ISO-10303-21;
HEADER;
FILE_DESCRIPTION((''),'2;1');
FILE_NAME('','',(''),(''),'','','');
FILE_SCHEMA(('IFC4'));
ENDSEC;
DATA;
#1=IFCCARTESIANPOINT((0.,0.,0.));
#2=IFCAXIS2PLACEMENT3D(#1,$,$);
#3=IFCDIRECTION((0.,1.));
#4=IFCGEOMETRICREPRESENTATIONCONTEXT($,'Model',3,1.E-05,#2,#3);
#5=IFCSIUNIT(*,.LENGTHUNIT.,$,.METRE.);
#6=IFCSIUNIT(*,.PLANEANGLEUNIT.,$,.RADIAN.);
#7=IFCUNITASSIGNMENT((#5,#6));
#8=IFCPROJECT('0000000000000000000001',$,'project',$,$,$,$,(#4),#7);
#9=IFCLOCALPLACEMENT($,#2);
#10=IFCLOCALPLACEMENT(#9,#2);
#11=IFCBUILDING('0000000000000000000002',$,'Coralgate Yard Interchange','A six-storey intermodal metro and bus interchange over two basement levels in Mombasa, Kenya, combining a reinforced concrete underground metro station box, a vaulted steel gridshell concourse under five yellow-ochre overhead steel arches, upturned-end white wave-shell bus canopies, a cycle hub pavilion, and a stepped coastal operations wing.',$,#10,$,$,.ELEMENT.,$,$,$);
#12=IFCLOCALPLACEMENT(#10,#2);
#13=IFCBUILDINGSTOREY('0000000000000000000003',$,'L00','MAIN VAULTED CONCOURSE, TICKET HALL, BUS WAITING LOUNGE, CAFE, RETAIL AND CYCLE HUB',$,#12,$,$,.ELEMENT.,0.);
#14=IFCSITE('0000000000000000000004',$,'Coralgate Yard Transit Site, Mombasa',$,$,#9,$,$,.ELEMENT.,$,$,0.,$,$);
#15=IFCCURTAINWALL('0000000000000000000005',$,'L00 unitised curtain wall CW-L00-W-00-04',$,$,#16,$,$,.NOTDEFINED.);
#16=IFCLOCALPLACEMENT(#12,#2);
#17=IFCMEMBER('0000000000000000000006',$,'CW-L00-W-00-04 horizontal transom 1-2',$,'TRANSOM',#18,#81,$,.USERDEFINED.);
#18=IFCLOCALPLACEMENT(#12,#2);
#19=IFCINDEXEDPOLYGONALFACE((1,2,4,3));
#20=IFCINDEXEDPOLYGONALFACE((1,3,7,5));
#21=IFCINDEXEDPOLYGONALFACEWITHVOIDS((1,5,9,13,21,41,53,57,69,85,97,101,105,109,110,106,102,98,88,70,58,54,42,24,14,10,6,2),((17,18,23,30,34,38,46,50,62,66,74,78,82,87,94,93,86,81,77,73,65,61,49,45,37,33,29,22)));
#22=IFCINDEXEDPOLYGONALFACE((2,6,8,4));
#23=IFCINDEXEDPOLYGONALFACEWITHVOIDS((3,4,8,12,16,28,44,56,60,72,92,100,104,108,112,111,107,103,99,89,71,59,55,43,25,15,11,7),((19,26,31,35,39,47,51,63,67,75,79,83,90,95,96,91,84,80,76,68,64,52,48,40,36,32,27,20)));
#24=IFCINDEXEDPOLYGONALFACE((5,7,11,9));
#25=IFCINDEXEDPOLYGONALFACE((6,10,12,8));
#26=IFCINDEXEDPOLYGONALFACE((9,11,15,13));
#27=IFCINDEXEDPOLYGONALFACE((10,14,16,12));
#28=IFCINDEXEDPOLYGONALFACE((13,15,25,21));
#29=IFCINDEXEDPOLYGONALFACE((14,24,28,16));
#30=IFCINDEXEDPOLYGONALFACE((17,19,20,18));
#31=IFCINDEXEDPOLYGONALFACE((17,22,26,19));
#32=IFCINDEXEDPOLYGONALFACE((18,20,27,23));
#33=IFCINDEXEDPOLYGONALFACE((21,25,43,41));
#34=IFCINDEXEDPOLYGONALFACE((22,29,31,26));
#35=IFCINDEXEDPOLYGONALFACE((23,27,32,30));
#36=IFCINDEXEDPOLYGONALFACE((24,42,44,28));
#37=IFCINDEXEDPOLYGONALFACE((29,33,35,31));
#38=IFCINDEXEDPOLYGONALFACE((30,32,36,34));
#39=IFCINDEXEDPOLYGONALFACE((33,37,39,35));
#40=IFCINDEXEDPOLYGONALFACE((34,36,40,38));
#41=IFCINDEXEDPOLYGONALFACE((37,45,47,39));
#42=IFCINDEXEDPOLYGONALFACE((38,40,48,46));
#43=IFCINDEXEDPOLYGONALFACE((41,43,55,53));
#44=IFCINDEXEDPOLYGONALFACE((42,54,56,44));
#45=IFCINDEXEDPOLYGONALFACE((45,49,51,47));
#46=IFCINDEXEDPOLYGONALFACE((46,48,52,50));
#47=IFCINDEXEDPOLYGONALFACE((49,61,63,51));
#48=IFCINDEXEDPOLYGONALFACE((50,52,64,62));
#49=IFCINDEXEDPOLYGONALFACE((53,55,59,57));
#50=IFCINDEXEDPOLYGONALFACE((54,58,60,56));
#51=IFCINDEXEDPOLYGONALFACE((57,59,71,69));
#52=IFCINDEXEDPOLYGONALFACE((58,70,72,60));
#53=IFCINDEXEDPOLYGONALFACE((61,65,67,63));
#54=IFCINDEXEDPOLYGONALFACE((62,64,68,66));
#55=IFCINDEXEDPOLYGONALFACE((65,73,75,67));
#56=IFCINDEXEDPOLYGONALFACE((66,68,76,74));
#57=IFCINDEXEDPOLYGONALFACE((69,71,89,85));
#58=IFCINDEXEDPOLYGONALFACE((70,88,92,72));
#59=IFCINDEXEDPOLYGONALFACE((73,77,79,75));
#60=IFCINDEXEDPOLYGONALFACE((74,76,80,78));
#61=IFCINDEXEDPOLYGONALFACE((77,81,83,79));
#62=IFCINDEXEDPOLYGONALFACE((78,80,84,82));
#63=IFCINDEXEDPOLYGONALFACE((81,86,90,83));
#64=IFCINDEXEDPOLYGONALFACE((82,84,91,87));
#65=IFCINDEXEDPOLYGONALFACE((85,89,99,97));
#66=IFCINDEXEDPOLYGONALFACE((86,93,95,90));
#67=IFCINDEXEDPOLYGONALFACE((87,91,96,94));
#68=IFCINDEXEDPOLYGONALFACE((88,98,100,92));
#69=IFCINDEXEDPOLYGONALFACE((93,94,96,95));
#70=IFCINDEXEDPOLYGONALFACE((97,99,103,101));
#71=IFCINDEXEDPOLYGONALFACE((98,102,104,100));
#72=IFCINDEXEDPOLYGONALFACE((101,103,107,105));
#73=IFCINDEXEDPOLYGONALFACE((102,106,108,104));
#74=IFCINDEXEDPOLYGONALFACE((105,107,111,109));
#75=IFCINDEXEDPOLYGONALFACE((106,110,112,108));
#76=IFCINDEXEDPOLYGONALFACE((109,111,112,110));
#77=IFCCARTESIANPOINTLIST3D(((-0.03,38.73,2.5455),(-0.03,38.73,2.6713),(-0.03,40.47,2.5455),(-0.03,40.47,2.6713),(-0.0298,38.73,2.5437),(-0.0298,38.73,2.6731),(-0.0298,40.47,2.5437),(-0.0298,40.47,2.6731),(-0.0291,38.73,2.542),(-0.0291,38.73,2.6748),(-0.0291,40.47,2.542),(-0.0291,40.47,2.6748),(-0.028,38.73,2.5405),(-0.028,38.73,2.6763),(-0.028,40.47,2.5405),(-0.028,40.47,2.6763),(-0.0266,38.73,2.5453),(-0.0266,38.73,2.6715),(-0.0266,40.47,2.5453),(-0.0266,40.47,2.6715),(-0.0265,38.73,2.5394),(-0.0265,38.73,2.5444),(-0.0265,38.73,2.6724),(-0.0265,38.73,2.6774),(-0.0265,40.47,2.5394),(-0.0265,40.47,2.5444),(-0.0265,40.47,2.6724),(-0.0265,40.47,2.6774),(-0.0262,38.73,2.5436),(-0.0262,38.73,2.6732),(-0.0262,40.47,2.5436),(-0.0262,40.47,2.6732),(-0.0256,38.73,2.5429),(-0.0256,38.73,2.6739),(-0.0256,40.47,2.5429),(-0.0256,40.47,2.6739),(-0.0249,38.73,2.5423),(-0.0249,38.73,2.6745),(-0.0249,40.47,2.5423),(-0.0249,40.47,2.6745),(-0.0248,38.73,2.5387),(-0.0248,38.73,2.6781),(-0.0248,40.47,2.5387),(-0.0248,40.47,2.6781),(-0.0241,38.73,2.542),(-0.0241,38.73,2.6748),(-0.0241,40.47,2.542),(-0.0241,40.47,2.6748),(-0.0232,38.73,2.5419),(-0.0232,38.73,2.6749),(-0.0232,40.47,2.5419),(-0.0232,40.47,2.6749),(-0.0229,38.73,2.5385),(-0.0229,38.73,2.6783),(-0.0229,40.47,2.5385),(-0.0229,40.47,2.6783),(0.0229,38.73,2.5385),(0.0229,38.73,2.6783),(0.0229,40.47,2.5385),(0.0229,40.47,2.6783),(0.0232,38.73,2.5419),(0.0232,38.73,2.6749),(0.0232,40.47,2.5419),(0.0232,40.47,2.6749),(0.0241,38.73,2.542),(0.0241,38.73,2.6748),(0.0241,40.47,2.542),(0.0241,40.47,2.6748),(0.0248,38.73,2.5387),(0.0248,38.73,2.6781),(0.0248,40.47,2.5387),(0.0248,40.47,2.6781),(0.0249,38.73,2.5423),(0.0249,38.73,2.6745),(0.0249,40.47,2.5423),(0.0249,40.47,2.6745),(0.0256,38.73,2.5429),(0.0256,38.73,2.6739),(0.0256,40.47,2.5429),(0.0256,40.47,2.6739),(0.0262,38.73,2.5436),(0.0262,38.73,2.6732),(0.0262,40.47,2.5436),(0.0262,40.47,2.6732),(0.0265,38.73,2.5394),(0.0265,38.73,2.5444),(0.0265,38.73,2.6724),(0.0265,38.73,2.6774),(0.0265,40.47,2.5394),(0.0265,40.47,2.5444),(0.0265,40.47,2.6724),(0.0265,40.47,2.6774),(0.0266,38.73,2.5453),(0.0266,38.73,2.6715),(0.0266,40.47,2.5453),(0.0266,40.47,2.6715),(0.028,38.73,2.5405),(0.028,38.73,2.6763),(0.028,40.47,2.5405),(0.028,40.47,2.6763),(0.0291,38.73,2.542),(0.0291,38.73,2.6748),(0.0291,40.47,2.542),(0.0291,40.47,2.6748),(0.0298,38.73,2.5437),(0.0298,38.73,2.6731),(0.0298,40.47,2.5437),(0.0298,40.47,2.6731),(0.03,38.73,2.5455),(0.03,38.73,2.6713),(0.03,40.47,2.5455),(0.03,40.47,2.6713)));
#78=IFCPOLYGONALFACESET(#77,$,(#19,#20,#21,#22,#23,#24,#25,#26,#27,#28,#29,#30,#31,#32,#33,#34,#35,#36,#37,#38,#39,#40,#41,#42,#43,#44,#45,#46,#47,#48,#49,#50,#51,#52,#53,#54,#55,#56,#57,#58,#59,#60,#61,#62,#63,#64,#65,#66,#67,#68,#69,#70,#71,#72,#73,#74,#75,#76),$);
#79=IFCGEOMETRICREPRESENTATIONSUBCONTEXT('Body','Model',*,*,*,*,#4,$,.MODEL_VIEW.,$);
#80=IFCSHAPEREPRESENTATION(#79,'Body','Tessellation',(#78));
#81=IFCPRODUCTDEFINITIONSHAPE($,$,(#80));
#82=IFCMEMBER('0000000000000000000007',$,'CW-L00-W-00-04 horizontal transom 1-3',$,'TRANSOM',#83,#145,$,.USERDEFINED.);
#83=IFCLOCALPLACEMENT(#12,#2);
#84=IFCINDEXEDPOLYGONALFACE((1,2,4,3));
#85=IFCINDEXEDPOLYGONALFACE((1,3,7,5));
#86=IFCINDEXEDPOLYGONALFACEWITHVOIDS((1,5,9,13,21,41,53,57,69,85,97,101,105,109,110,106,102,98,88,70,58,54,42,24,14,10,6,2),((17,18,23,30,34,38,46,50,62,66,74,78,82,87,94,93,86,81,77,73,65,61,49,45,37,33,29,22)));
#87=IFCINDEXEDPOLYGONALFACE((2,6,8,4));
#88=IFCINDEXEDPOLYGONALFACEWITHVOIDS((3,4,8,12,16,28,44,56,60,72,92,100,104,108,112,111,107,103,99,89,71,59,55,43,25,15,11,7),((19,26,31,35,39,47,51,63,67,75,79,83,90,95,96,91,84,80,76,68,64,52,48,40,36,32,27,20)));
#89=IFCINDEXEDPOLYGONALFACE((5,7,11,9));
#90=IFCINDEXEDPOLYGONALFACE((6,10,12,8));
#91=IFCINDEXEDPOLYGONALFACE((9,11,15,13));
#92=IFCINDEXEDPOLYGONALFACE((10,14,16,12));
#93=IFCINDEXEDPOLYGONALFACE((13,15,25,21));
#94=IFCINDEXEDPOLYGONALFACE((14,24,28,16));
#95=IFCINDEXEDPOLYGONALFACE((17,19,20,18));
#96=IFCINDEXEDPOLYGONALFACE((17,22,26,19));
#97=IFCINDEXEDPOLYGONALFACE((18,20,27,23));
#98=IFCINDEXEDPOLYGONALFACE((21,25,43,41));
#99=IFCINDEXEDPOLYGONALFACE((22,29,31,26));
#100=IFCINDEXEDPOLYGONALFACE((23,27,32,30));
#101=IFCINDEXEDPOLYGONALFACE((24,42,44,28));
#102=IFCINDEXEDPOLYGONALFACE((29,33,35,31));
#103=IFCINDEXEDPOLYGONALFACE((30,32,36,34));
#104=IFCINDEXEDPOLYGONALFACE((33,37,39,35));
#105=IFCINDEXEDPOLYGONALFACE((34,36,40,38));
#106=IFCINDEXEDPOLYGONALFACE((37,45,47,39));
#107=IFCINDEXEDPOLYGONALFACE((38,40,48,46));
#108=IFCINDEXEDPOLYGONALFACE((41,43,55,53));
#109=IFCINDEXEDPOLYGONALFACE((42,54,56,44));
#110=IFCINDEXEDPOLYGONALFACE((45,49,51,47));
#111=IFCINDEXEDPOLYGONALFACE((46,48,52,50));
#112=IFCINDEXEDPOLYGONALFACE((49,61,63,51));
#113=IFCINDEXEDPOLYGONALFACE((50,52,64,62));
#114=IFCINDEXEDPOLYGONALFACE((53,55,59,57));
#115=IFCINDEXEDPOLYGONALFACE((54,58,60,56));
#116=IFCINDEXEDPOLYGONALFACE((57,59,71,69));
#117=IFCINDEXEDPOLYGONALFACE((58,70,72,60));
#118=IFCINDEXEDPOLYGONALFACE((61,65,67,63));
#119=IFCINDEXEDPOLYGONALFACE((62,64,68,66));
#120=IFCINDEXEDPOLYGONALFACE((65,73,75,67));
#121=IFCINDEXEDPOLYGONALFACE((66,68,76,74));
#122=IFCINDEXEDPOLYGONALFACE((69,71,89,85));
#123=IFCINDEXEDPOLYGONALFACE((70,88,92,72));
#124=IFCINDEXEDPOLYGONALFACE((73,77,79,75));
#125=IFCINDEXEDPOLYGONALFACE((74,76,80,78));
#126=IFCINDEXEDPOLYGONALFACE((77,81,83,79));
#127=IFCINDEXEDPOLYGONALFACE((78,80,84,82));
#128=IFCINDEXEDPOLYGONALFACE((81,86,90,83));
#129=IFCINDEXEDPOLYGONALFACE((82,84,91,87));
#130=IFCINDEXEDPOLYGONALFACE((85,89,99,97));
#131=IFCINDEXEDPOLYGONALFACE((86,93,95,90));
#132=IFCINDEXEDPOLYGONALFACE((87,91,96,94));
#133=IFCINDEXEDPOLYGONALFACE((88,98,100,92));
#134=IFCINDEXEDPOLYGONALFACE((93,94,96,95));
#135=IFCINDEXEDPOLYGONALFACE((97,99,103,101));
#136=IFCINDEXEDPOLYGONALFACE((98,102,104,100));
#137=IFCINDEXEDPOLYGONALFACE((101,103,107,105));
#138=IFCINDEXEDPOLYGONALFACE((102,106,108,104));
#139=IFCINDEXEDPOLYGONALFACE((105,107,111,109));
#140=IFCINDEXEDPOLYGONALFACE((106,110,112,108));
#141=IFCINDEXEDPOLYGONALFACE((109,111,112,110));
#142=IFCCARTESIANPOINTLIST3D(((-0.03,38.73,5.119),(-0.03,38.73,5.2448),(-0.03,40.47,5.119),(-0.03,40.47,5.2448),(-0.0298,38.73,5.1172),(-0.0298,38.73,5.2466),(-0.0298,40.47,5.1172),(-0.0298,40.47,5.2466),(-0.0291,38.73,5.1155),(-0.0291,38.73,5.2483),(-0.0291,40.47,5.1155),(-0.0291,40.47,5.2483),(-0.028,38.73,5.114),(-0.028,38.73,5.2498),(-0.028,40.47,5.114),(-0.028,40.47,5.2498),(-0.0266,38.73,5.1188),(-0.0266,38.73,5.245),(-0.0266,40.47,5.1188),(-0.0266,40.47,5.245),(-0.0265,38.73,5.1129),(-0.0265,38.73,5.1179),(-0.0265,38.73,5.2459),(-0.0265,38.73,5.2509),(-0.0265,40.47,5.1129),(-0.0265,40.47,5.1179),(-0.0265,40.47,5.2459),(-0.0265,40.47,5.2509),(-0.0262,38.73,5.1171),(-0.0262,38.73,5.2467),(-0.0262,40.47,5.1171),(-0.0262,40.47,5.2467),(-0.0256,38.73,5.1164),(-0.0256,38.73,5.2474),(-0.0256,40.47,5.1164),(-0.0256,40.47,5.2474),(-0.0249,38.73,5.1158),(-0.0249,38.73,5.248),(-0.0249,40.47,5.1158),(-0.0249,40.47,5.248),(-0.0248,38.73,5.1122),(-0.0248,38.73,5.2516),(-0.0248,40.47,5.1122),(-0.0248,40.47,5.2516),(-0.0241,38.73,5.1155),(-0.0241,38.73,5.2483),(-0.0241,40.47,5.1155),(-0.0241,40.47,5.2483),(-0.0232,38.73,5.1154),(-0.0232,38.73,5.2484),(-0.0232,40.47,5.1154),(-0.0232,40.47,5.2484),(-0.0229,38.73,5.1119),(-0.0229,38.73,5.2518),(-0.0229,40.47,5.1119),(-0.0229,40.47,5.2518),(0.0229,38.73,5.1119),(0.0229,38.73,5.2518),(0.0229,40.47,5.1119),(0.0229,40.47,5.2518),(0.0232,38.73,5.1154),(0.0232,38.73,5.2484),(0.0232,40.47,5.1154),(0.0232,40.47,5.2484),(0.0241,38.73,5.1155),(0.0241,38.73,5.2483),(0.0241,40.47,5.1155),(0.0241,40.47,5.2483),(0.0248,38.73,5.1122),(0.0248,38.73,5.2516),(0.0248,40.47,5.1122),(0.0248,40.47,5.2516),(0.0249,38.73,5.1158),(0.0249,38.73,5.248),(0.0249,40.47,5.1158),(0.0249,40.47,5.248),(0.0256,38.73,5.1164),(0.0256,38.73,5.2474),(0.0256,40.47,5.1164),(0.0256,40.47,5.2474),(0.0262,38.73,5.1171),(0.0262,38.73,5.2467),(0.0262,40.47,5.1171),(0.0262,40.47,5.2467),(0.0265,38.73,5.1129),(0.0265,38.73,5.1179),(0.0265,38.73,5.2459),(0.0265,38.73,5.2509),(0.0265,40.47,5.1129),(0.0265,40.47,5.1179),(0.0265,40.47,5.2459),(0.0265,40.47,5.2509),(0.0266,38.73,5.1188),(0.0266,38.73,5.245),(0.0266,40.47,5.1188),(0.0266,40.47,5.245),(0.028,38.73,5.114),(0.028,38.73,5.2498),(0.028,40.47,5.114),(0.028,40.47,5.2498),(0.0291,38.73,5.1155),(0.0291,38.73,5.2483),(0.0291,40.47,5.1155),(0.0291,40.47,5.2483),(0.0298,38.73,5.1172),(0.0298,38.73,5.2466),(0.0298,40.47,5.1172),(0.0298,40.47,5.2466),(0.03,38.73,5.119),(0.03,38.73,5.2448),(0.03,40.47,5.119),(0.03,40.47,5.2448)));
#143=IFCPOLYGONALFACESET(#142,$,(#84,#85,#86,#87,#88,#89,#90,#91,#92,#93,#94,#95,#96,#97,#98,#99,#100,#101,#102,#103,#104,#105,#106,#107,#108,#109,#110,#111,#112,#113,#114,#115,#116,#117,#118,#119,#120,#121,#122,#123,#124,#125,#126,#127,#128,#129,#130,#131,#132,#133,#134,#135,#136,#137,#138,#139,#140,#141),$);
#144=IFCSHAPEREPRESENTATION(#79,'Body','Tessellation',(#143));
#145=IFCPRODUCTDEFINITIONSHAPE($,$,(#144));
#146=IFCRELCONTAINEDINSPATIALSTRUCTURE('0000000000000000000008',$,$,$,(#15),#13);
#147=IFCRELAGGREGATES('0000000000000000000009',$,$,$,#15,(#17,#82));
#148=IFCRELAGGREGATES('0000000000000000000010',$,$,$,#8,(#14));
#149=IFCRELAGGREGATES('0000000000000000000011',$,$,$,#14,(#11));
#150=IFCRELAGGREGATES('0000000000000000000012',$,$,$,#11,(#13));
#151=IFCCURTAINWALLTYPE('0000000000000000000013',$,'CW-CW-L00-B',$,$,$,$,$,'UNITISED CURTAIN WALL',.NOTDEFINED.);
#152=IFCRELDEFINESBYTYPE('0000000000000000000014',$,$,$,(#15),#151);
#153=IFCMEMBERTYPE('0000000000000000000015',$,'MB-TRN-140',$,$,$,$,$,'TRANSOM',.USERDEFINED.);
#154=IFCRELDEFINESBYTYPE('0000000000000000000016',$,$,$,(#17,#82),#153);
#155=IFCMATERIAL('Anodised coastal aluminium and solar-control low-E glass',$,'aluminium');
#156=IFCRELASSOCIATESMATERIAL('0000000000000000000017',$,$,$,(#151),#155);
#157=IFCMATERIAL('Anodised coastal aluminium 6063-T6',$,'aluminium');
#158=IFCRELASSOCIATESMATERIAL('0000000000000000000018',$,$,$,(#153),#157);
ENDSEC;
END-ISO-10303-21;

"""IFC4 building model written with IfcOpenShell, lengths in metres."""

from ifc_helpers import new_model, si_unit, direction, frame, origin, origin_2d, place, context, subcontext, project, spatial, hollow_rectangle, extrude, material, material_profile, profile_set, type_object, element, aggregate, save


model = new_model("IFC4")

# Units and contexts
model_context = context("Model", 3, precision=1e-05, world=origin(), true_north=direction((0.0, 1.0)))
body_context = subcontext(model_context, "Body", "Model", "MODEL_VIEW")
ifc_project = project(units=[si_unit("LENGTHUNIT", "METRE"), si_unit("PLANEANGLEUNIT", "RADIAN")], contexts=[model_context])

# Site, building, storey
site_placement = place(None, origin())
site = spatial("IfcSite", under=ifc_project, at=site_placement, Name="Coralgate Yard Transit Site, Mombasa", CompositionType="ELEMENT", RefElevation=0.0)
building_placement = place(site_placement, origin())
building = spatial("IfcBuilding", under=site, at=building_placement, Name="Coralgate Yard Interchange", Description="A six-storey intermodal metro and bus interchange over two basement levels in Mombasa, Kenya, combining a reinforced concrete underground metro station box, a vaulted steel gridshell concourse under five yellow-ochre overhead steel arches, upturned-end white wave-shell bus canopies, a cycle hub pavilion, and a stepped coastal operations wing.", CompositionType="ELEMENT")
storey_placement = place(building_placement, origin())
storey = spatial("IfcBuildingStorey", under=building, at=storey_placement, Name="L00", Description="MAIN VAULTED CONCOURSE, TICKET HALL, BUS WAITING LOUNGE, CAFE, RETAIL AND CYCLE HUB", CompositionType="ELEMENT", Elevation=0.0)

# Curtain wall, members
ifc_material_1 = material(Name="Anodised coastal aluminium and solar-control low-E glass", Category="aluminium")
curtain_wall_type = type_object("IfcCurtainWallType", Name="CW-CW-L00-B", ElementType="UNITISED CURTAIN WALL", PredefinedType="NOTDEFINED", material=ifc_material_1)
curtain_wall_placement = place(storey_placement, origin())
curtain_wall = element("IfcCurtainWall", 1, at=curtain_wall_placement, inside=storey, type_object=curtain_wall_type, Name="L00 unitised curtain wall CW-L00-W-00-04", PredefinedType="NOTDEFINED")
ifc_material_2 = material(Name="Anodised coastal aluminium 6063-T6", Category="aluminium")
ifc_material_profile_1 = material_profile(ifc_material_2, hollow_rectangle(XDim=0.0601, YDim=0.1399, WallThickness=0.0034, InnerFilletRadius=0.0034, OuterFilletRadius=0.0071, at=origin_2d()), Name="ALU 60x140x3.5")
ifc_profile_set_1 = profile_set([ifc_material_profile_1], Name="Anodised coastal aluminium 6063-T6")
member_type_1 = type_object("IfcMemberType", Name="MB-TRN-140", ElementType="TRANSOM", PredefinedType="USERDEFINED", material=ifc_profile_set_1)
member_1_placement = place(storey_placement, frame((0.0, 38.73, 2.6084), z_axis=(0.0, 1.0, 0.0), x_axis=(-1.0, 0.0, 0.0)))
member_1 = element("IfcMember", 2, at=member_1_placement, type_object=member_type_1, Name="CW-L00-W-00-04 horizontal transom 1-2", ObjectType="TRANSOM", PredefinedType="USERDEFINED", context=body_context, shape_type="SweptSolid", body=[
    extrude(hollow_rectangle(XDim=0.0601, YDim=0.1399, WallThickness=0.0034, InnerFilletRadius=0.0034, OuterFilletRadius=0.0071, at=origin_2d()), origin(), (0.0, 0.0, 1.0), 1.74),
])
member_2_placement = place(storey_placement, frame((0.0, 38.73, 5.1819), z_axis=(0.0, 1.0, 0.0), x_axis=(-1.0, 0.0, 0.0)))
member_2 = element("IfcMember", 3, at=member_2_placement, type_object=member_type_1, Name="CW-L00-W-00-04 horizontal transom 1-3", ObjectType="TRANSOM", PredefinedType="USERDEFINED", context=body_context, shape_type="SweptSolid", body=[
    extrude(hollow_rectangle(XDim=0.0601, YDim=0.1399, WallThickness=0.0034, InnerFilletRadius=0.0034, OuterFilletRadius=0.0071, at=origin_2d()), origin(), (0.0, 0.0, 1.0), 1.74),
])
aggregate(curtain_wall, [member_1, member_2])

save(model, "model.ifc")
